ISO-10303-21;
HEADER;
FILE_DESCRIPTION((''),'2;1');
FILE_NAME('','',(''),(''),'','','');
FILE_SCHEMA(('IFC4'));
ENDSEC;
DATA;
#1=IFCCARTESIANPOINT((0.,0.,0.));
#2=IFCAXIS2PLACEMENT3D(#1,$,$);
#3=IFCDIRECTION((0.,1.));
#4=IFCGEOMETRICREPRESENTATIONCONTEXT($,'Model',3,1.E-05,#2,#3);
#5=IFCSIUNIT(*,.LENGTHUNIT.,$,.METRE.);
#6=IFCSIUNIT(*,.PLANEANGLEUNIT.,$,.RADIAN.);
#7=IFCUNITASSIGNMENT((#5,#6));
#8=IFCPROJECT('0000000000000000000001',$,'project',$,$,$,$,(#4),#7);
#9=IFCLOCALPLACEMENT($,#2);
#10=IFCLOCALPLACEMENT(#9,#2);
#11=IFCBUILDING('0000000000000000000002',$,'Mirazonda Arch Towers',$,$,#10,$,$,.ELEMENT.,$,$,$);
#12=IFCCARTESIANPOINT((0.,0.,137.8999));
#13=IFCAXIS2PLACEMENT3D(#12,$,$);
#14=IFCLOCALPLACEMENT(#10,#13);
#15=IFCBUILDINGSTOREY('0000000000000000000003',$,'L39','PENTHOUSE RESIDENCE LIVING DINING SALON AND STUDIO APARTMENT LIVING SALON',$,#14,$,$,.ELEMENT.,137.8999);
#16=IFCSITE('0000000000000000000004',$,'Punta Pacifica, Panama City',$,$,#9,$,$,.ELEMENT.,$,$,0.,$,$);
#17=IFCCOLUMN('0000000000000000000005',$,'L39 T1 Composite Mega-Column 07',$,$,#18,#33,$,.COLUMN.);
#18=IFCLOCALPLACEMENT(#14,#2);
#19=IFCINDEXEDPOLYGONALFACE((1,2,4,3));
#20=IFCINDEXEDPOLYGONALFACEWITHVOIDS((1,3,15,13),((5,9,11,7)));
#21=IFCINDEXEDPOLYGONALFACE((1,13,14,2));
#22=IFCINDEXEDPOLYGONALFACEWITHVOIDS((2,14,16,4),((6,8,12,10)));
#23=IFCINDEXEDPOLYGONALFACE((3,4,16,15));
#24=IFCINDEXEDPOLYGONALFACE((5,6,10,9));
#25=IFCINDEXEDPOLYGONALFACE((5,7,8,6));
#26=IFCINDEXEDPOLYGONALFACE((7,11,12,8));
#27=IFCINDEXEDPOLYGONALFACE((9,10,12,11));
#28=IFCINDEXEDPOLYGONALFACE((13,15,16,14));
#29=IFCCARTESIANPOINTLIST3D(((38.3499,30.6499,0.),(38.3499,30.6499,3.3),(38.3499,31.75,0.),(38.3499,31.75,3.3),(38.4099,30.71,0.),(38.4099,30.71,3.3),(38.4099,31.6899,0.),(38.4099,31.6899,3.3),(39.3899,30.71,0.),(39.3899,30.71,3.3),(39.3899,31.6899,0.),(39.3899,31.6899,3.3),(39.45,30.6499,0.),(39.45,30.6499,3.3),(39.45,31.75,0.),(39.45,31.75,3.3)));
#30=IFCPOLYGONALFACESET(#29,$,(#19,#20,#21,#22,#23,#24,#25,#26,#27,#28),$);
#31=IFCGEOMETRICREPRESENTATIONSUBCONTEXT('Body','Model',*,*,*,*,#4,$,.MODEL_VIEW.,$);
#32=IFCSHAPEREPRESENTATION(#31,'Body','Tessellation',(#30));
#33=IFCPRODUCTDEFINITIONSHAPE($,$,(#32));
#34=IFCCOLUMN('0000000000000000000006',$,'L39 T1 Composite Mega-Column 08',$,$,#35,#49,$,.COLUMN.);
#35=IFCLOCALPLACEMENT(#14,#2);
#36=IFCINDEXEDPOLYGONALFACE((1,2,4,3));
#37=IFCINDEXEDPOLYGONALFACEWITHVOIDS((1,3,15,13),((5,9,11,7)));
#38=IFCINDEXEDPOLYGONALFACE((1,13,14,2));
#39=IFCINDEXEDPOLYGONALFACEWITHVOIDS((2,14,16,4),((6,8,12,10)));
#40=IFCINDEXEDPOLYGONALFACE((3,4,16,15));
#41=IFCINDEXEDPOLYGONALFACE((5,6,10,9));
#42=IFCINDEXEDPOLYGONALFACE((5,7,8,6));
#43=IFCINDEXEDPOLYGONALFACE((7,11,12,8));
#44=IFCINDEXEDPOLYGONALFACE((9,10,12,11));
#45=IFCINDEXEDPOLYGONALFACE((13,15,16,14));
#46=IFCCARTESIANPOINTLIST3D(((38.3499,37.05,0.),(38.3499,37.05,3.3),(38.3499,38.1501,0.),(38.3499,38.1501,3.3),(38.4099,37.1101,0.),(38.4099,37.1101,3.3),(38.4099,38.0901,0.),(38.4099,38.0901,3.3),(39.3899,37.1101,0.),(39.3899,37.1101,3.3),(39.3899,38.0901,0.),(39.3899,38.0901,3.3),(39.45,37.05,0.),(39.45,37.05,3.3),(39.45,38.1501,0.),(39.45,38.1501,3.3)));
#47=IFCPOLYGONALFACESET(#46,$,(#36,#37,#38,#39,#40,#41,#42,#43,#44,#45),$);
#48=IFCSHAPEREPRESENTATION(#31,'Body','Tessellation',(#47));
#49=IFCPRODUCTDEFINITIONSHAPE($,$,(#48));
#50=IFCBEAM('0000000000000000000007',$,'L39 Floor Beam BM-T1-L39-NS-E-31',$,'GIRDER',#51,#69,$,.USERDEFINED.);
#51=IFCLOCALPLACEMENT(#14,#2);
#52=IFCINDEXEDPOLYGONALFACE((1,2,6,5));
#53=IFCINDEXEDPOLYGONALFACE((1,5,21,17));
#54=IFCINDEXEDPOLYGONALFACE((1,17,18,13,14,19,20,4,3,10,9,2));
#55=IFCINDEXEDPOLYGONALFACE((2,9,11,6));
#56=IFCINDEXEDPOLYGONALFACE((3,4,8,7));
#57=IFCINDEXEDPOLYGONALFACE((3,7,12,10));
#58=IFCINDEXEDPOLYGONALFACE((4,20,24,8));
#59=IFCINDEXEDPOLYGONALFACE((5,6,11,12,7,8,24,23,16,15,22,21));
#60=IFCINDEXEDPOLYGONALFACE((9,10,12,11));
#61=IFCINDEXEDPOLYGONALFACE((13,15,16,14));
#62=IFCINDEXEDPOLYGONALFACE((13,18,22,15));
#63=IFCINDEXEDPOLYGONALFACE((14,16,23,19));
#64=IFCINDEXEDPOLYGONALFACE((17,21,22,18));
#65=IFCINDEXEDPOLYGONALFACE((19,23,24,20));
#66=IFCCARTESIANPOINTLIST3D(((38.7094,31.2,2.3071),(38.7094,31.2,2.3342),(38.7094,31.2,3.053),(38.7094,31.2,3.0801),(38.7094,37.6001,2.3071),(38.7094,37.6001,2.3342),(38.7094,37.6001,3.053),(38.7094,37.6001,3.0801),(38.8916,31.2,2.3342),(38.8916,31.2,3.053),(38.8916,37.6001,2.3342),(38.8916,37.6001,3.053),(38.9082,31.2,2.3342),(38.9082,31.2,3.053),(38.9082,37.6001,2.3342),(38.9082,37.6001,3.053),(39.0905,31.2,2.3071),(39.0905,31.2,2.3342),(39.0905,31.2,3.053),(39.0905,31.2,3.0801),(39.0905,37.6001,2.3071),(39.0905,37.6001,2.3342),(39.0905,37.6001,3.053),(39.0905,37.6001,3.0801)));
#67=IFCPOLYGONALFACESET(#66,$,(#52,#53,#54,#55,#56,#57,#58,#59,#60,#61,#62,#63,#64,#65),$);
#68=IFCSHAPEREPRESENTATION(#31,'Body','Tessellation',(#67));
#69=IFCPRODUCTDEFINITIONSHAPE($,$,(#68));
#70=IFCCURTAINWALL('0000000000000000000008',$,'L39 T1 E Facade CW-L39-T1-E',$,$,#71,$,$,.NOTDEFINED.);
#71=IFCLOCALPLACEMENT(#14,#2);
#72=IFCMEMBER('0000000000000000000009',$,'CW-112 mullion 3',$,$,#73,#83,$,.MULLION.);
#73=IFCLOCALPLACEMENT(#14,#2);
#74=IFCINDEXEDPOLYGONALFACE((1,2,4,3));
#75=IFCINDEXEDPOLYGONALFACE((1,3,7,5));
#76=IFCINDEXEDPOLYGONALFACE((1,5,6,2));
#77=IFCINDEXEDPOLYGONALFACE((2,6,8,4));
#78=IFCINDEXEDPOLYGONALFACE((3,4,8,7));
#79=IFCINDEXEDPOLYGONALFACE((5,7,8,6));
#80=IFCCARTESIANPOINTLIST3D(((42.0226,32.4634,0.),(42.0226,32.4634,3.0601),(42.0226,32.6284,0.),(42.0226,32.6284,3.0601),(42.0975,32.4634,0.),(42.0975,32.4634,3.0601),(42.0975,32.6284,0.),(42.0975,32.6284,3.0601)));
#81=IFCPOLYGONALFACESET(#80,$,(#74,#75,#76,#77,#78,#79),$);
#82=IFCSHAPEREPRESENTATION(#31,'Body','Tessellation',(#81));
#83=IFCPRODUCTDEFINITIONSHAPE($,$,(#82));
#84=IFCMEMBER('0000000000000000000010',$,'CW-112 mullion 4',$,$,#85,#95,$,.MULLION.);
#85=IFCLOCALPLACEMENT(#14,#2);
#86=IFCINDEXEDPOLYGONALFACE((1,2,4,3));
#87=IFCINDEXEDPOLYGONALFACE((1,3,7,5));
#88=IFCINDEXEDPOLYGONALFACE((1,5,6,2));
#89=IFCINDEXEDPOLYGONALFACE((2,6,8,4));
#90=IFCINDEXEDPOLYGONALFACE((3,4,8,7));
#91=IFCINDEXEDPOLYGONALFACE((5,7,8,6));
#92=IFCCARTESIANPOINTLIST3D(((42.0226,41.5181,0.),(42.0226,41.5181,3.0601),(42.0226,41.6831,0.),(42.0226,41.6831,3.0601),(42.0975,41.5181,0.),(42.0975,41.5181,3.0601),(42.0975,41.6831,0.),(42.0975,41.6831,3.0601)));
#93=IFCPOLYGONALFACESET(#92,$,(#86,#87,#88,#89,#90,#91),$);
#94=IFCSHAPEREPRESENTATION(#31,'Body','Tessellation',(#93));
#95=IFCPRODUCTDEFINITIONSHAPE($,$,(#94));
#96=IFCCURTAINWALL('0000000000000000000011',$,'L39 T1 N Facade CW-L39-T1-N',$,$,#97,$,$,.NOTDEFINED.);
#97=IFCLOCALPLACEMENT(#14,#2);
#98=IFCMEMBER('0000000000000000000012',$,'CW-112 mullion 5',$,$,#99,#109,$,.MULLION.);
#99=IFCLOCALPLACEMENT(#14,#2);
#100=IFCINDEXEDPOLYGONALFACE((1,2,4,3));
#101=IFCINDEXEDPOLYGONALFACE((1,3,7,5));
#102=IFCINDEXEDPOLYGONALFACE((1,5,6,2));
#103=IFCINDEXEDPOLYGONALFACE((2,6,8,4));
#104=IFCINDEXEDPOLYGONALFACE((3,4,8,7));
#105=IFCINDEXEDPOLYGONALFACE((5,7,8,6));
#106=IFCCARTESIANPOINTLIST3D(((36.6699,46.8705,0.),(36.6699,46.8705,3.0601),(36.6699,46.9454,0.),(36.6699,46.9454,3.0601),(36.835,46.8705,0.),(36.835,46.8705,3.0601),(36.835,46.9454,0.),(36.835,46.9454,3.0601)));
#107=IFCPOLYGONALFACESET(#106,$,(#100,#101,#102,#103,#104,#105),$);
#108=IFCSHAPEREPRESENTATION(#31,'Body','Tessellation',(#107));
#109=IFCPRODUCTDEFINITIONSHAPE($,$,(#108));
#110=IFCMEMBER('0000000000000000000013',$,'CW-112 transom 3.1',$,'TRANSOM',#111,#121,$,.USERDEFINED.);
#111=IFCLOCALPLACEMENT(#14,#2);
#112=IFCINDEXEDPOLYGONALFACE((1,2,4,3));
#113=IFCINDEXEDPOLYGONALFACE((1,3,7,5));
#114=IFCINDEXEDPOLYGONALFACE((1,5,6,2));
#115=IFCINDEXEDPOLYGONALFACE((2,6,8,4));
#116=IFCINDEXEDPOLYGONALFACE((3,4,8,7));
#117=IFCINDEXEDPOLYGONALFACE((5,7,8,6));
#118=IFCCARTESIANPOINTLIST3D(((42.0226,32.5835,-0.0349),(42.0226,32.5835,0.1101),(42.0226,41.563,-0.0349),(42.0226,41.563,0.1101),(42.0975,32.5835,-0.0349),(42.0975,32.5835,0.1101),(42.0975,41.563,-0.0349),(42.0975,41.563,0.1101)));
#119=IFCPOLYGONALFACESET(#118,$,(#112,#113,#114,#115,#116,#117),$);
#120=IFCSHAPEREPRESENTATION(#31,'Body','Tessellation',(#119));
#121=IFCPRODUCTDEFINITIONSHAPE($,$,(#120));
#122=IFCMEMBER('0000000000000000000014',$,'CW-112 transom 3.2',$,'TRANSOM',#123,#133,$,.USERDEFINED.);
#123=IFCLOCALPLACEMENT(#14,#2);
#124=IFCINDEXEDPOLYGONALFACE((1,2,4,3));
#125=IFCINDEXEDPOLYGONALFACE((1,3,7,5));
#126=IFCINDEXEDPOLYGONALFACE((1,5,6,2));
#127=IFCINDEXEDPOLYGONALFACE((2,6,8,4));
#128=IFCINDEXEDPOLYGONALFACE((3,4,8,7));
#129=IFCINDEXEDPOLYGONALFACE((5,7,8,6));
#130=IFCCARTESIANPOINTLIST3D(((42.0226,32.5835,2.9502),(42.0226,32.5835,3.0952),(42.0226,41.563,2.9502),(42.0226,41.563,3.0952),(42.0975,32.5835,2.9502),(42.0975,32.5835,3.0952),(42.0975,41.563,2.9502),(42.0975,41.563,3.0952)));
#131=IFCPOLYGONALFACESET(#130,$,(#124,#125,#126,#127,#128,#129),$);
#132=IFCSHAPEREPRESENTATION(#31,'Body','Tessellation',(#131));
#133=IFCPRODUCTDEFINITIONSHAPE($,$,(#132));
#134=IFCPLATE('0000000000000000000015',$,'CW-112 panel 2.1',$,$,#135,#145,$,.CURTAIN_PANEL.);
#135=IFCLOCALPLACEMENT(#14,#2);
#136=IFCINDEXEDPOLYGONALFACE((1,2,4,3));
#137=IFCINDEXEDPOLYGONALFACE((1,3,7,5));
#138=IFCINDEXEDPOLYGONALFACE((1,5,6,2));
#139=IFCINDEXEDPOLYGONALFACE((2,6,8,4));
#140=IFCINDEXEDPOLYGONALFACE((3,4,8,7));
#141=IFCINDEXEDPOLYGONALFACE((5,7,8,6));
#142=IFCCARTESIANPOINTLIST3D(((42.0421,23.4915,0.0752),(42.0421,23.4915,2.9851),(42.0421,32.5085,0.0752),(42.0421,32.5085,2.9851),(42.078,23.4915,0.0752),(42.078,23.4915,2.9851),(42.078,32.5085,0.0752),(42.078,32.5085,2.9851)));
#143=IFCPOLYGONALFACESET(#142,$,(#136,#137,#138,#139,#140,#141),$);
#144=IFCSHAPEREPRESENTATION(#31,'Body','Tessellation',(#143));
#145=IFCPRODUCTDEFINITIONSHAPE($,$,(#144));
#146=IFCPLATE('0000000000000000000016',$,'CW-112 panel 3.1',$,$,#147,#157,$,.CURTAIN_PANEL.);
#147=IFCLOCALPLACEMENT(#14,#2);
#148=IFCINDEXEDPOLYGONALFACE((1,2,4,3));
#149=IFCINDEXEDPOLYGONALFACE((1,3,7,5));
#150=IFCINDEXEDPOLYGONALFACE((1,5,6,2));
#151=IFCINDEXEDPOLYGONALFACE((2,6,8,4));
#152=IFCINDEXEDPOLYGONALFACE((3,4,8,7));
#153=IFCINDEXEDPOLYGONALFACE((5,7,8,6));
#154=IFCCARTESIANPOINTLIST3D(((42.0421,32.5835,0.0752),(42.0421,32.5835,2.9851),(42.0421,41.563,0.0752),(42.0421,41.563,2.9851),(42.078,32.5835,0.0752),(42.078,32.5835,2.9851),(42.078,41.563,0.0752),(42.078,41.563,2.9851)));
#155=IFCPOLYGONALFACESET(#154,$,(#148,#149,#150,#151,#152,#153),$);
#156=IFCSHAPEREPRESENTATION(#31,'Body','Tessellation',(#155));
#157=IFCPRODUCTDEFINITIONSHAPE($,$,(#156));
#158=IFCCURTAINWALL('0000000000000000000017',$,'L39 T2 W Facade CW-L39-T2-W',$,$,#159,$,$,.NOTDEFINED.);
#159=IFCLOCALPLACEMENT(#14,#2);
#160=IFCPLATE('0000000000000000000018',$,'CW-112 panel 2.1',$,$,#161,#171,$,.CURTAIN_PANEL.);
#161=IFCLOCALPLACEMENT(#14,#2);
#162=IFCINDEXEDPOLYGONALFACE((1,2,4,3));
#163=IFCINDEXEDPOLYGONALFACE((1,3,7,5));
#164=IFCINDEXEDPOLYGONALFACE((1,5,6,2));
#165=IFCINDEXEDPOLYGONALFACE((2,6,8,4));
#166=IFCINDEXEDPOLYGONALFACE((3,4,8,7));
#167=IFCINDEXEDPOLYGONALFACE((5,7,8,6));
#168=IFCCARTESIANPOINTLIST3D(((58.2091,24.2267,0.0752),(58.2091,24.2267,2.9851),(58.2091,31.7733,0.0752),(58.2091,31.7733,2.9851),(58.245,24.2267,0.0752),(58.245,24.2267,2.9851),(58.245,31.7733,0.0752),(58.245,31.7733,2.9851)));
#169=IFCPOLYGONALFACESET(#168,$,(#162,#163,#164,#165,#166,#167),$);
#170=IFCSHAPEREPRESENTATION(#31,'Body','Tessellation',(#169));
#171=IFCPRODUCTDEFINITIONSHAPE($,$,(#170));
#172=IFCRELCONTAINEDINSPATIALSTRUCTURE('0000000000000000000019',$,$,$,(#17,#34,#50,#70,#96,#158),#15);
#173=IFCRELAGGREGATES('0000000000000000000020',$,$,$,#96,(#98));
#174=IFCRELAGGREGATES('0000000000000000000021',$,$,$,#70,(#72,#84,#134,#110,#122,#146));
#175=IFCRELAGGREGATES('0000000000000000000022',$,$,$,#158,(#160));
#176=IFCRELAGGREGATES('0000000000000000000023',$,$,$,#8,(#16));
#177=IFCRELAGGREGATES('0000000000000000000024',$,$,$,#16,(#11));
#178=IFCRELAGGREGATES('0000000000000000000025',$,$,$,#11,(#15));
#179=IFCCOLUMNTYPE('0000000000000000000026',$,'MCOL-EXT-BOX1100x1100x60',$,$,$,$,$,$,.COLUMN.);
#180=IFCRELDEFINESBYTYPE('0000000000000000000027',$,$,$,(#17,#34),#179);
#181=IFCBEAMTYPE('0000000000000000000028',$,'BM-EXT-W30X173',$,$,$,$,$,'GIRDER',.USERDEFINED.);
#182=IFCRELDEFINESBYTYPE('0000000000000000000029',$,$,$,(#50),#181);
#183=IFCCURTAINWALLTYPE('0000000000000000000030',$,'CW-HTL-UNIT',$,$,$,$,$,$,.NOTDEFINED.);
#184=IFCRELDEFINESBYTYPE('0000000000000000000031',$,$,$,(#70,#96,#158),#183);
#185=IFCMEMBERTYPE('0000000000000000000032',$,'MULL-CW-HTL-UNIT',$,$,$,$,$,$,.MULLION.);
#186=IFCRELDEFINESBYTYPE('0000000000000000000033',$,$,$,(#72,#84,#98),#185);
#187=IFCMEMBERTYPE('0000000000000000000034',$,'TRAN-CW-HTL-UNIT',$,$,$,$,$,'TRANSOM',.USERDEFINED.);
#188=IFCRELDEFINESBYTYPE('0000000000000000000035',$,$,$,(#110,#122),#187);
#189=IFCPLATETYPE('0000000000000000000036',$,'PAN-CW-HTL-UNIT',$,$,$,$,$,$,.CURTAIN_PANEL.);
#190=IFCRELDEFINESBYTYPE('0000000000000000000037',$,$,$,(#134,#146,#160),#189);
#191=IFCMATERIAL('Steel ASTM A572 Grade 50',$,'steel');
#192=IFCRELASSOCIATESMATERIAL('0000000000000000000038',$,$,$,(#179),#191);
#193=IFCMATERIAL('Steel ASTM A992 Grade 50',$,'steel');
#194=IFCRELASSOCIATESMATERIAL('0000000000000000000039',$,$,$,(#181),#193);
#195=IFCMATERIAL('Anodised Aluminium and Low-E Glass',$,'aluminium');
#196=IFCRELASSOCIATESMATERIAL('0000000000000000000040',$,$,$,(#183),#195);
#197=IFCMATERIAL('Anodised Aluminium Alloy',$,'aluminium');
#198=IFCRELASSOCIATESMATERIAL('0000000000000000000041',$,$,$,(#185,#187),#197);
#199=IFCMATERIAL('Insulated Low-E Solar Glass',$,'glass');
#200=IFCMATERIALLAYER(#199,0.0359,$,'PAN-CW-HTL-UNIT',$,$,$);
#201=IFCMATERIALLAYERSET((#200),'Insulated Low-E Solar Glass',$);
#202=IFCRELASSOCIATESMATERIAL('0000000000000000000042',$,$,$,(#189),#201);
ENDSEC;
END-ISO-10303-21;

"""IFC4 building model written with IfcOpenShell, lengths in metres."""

from ifc_helpers import new_model, si_unit, direction, frame, origin, origin_2d, place, context, subcontext, project, spatial, rectangle, hollow_rectangle, i_section, extrude, material, layer, layer_set, material_profile, profile_set, type_object, element, aggregate, save


model = new_model("IFC4")

# Units and contexts
model_context = context("Model", 3, precision=1e-05, world=origin(), true_north=direction((0.0, 1.0)))
body_context = subcontext(model_context, "Body", "Model", "MODEL_VIEW")
ifc_project = project(units=[si_unit("LENGTHUNIT", "METRE"), si_unit("PLANEANGLEUNIT", "RADIAN")], contexts=[model_context])

# Site, building, storey
site_placement = place(None, origin())
site = spatial("IfcSite", under=ifc_project, at=site_placement, Name="Punta Pacifica, Panama City", CompositionType="ELEMENT", RefElevation=0.0)
building_placement = place(site_placement, origin())
building = spatial("IfcBuilding", under=site, at=building_placement, Name="Mirazonda Arch Towers", CompositionType="ELEMENT")
storey_placement = place(building_placement, frame((0.0, 0.0, 137.8999)))
storey = spatial("IfcBuildingStorey", under=building, at=storey_placement, Name="L39", Description="PENTHOUSE RESIDENCE LIVING DINING SALON AND STUDIO APARTMENT LIVING SALON", CompositionType="ELEMENT", Elevation=137.8999)

# Columns
ifc_material_1 = material(Name="Steel ASTM A572 Grade 50", Category="steel")
ifc_material_profile_1 = material_profile(ifc_material_1, hollow_rectangle(XDim=1.1001, YDim=1.1001, WallThickness=0.0601, at=origin_2d()), Name="BOX1100x1100x60")
ifc_profile_set_1 = profile_set([ifc_material_profile_1], Name="Steel ASTM A572 Grade 50")
column_type = type_object("IfcColumnType", Name="MCOL-EXT-BOX1100x1100x60", PredefinedType="COLUMN", material=ifc_profile_set_1)
for number, where, z_axis, x_axis, name in (
    (1, (38.8999, 31.2, 0.0), (0.0, 0.0, 1.0), (1.0, 0.0, 0.0), "L39 T1 Composite Mega-Column 07"),
    (2, (38.8999, 37.6001, 0.0), (0.0, 0.0, 1.0), (1.0, 0.0, 0.0), "L39 T1 Composite Mega-Column 08"),
):
    element("IfcColumn", number, at=place(storey_placement, frame(where, z_axis=z_axis, x_axis=x_axis)), inside=storey, type_object=column_type, Name=name, PredefinedType="COLUMN", context=body_context, shape_type="SweptSolid", body=[
        extrude(hollow_rectangle(XDim=1.1001, YDim=1.1001, WallThickness=0.0601, at=origin_2d()), origin(), (0.0, 0.0, 1.0), 3.3),
    ])

# Beam
ifc_material_2 = material(Name="Steel ASTM A992 Grade 50", Category="steel")
ifc_material_profile_2 = material_profile(ifc_material_2, i_section(OverallWidth=0.3811, OverallDepth=0.7729, WebThickness=0.0166, FlangeThickness=0.0271, at=origin_2d()), Name="W30X173")
ifc_profile_set_2 = profile_set([ifc_material_profile_2], Name="Steel ASTM A992 Grade 50")
beam_type = type_object("IfcBeamType", Name="BM-EXT-W30X173", ElementType="GIRDER", PredefinedType="USERDEFINED", material=ifc_profile_set_2)
beam_placement = place(storey_placement, frame((38.8999, 31.2, 2.6936), z_axis=(0.0, 1.0, 0.0), x_axis=(-1.0, 0.0, 0.0)))
element("IfcBeam", 3, at=beam_placement, inside=storey, type_object=beam_type, Name="L39 Floor Beam BM-T1-L39-NS-E-31", ObjectType="GIRDER", PredefinedType="USERDEFINED", context=body_context, shape_type="SweptSolid", body=[
    extrude(i_section(OverallWidth=0.3811, OverallDepth=0.7729, WebThickness=0.0166, FlangeThickness=0.0271, at=origin_2d()), origin(), (0.0, 0.0, 1.0), 6.4001),
])

# Curtain wall, members
ifc_material_3 = material(Name="Anodised Aluminium and Low-E Glass", Category="aluminium")
curtain_wall_type = type_object("IfcCurtainWallType", Name="CW-HTL-UNIT", PredefinedType="NOTDEFINED", material=ifc_material_3)
curtain_wall_1_placement = place(storey_placement, origin())
curtain_wall_1 = element("IfcCurtainWall", 4, at=curtain_wall_1_placement, inside=storey, type_object=curtain_wall_type, Name="L39 T1 E Facade CW-L39-T1-E", PredefinedType="NOTDEFINED")
ifc_material_4 = material(Name="Anodised Aluminium Alloy", Category="aluminium")
ifc_material_profile_3 = material_profile(ifc_material_4, rectangle(XDim=0.075, YDim=0.165, at=origin_2d()), Name="ALU-MULL-75x165")
ifc_profile_set_3 = profile_set([ifc_material_profile_3], Name="Anodised Aluminium Alloy")
member_type_1 = type_object("IfcMemberType", Name="MULL-CW-HTL-UNIT", PredefinedType="MULLION", material=ifc_profile_set_3)
member_1_placement = place(storey_placement, frame((42.0601, 32.5459, 0.0), z_axis=(0.0, 0.0, 1.0), x_axis=(-1.0, 0.0, 0.0)))
member_1 = element("IfcMember", 5, at=member_1_placement, type_object=member_type_1, Name="CW-112 mullion 3", PredefinedType="MULLION", context=body_context, shape_type="SweptSolid", body=[
    extrude(rectangle(XDim=0.075, YDim=0.165, at=origin_2d()), origin(), (0.0, 0.0, 1.0), 3.0601),
])
member_2_placement = place(storey_placement, frame((42.0601, 41.6006, 0.0), z_axis=(0.0, 0.0, 1.0), x_axis=(-1.0, 0.0, 0.0)))
member_2 = element("IfcMember", 6, at=member_2_placement, type_object=member_type_1, Name="CW-112 mullion 4", PredefinedType="MULLION", context=body_context, shape_type="SweptSolid", body=[
    extrude(rectangle(XDim=0.075, YDim=0.165, at=origin_2d()), origin(), (0.0, 0.0, 1.0), 3.0601),
])

# Curtain wall, member
curtain_wall_2_placement = place(storey_placement, origin())
curtain_wall_2 = element("IfcCurtainWall", 7, at=curtain_wall_2_placement, inside=storey, type_object=curtain_wall_type, Name="L39 T1 N Facade CW-L39-T1-N", PredefinedType="NOTDEFINED")
member_3_placement = place(storey_placement, frame((36.7524, 46.908, 0.0), z_axis=(0.0, 0.0, 1.0), x_axis=(0.0, 1.0, 0.0)))
member_3 = element("IfcMember", 8, at=member_3_placement, type_object=member_type_1, Name="CW-112 mullion 5", PredefinedType="MULLION", context=body_context, shape_type="SweptSolid", body=[
    extrude(rectangle(XDim=0.075, YDim=0.165, at=origin_2d()), origin(), (0.0, 0.0, 1.0), 3.0601),
])
aggregate(curtain_wall_2, [member_3])

# Members
ifc_material_profile_4 = material_profile(ifc_material_4, rectangle(XDim=0.075, YDim=0.145, at=origin_2d()), Name="ALU-TRAN-75x145")
ifc_profile_set_4 = profile_set([ifc_material_profile_4], Name="Anodised Aluminium Alloy")
member_type_2 = type_object("IfcMemberType", Name="TRAN-CW-HTL-UNIT", ElementType="TRANSOM", PredefinedType="USERDEFINED", material=ifc_profile_set_4)
member_4_placement = place(storey_placement, frame((42.0601, 32.5835, 0.0376), z_axis=(0.0, 1.0, 0.0), x_axis=(-1.0, 0.0, 0.0)))
member_4 = element("IfcMember", 9, at=member_4_placement, type_object=member_type_2, Name="CW-112 transom 3.1", ObjectType="TRANSOM", PredefinedType="USERDEFINED", context=body_context, shape_type="SweptSolid", body=[
    extrude(rectangle(XDim=0.075, YDim=0.145, at=origin_2d()), origin(), (0.0, 0.0, 1.0), 8.9795),
])
member_5_placement = place(storey_placement, frame((42.0601, 32.5835, 3.0227), z_axis=(0.0, 1.0, 0.0), x_axis=(-1.0, 0.0, 0.0)))
member_5 = element("IfcMember", 10, at=member_5_placement, type_object=member_type_2, Name="CW-112 transom 3.2", ObjectType="TRANSOM", PredefinedType="USERDEFINED", context=body_context, shape_type="SweptSolid", body=[
    extrude(rectangle(XDim=0.075, YDim=0.145, at=origin_2d()), origin(), (0.0, 0.0, 1.0), 8.9795),
])

# Plates
ifc_material_5 = material(Name="Insulated Low-E Solar Glass", Category="glass")
ifc_layer_1 = layer(ifc_material_5, 0.0359, Name="PAN-CW-HTL-UNIT")
ifc_layer_set_1 = layer_set([ifc_layer_1], Name="Insulated Low-E Solar Glass")
plate_type = type_object("IfcPlateType", Name="PAN-CW-HTL-UNIT", PredefinedType="CURTAIN_PANEL", material=ifc_layer_set_1)
plate_1_placement = place(storey_placement, frame((42.0601, 28.0, 0.0752), z_axis=(0.0, 0.0, 1.0), x_axis=(0.0, 1.0, 0.0)))
plate_1 = element("IfcPlate", 11, at=plate_1_placement, type_object=plate_type, Name="CW-112 panel 2.1", PredefinedType="CURTAIN_PANEL", context=body_context, shape_type="SweptSolid", body=[
    extrude(rectangle(XDim=9.0171, YDim=0.0359, at=origin_2d()), origin(), (0.0, 0.0, 1.0), 2.9099),
])
plate_2_placement = place(storey_placement, frame((42.0601, 37.0732, 0.0752), z_axis=(0.0, 0.0, 1.0), x_axis=(0.0, 1.0, 0.0)))
plate_2 = element("IfcPlate", 12, at=plate_2_placement, type_object=plate_type, Name="CW-112 panel 3.1", PredefinedType="CURTAIN_PANEL", context=body_context, shape_type="SweptSolid", body=[
    extrude(rectangle(XDim=8.9795, YDim=0.0359, at=origin_2d()), origin(), (0.0, 0.0, 1.0), 2.9099),
])
aggregate(curtain_wall_1, [member_1, member_2, plate_1, member_4, member_5, plate_2])

# Curtain wall, plate
curtain_wall_3_placement = place(storey_placement, origin())
curtain_wall_3 = element("IfcCurtainWall", 13, at=curtain_wall_3_placement, inside=storey, type_object=curtain_wall_type, Name="L39 T2 W Facade CW-L39-T2-W", PredefinedType="NOTDEFINED")
plate_3_placement = place(storey_placement, frame((58.2271, 28.0, 0.0752), z_axis=(0.0, 0.0, 1.0), x_axis=(0.0, -1.0, 0.0)))
plate_3 = element("IfcPlate", 14, at=plate_3_placement, type_object=plate_type, Name="CW-112 panel 2.1", PredefinedType="CURTAIN_PANEL", context=body_context, shape_type="SweptSolid", body=[
    extrude(rectangle(XDim=7.5466, YDim=0.0359, at=origin_2d()), origin(), (0.0, 0.0, 1.0), 2.9099),
])
aggregate(curtain_wall_3, [plate_3])

save(model, "model.ifc")
